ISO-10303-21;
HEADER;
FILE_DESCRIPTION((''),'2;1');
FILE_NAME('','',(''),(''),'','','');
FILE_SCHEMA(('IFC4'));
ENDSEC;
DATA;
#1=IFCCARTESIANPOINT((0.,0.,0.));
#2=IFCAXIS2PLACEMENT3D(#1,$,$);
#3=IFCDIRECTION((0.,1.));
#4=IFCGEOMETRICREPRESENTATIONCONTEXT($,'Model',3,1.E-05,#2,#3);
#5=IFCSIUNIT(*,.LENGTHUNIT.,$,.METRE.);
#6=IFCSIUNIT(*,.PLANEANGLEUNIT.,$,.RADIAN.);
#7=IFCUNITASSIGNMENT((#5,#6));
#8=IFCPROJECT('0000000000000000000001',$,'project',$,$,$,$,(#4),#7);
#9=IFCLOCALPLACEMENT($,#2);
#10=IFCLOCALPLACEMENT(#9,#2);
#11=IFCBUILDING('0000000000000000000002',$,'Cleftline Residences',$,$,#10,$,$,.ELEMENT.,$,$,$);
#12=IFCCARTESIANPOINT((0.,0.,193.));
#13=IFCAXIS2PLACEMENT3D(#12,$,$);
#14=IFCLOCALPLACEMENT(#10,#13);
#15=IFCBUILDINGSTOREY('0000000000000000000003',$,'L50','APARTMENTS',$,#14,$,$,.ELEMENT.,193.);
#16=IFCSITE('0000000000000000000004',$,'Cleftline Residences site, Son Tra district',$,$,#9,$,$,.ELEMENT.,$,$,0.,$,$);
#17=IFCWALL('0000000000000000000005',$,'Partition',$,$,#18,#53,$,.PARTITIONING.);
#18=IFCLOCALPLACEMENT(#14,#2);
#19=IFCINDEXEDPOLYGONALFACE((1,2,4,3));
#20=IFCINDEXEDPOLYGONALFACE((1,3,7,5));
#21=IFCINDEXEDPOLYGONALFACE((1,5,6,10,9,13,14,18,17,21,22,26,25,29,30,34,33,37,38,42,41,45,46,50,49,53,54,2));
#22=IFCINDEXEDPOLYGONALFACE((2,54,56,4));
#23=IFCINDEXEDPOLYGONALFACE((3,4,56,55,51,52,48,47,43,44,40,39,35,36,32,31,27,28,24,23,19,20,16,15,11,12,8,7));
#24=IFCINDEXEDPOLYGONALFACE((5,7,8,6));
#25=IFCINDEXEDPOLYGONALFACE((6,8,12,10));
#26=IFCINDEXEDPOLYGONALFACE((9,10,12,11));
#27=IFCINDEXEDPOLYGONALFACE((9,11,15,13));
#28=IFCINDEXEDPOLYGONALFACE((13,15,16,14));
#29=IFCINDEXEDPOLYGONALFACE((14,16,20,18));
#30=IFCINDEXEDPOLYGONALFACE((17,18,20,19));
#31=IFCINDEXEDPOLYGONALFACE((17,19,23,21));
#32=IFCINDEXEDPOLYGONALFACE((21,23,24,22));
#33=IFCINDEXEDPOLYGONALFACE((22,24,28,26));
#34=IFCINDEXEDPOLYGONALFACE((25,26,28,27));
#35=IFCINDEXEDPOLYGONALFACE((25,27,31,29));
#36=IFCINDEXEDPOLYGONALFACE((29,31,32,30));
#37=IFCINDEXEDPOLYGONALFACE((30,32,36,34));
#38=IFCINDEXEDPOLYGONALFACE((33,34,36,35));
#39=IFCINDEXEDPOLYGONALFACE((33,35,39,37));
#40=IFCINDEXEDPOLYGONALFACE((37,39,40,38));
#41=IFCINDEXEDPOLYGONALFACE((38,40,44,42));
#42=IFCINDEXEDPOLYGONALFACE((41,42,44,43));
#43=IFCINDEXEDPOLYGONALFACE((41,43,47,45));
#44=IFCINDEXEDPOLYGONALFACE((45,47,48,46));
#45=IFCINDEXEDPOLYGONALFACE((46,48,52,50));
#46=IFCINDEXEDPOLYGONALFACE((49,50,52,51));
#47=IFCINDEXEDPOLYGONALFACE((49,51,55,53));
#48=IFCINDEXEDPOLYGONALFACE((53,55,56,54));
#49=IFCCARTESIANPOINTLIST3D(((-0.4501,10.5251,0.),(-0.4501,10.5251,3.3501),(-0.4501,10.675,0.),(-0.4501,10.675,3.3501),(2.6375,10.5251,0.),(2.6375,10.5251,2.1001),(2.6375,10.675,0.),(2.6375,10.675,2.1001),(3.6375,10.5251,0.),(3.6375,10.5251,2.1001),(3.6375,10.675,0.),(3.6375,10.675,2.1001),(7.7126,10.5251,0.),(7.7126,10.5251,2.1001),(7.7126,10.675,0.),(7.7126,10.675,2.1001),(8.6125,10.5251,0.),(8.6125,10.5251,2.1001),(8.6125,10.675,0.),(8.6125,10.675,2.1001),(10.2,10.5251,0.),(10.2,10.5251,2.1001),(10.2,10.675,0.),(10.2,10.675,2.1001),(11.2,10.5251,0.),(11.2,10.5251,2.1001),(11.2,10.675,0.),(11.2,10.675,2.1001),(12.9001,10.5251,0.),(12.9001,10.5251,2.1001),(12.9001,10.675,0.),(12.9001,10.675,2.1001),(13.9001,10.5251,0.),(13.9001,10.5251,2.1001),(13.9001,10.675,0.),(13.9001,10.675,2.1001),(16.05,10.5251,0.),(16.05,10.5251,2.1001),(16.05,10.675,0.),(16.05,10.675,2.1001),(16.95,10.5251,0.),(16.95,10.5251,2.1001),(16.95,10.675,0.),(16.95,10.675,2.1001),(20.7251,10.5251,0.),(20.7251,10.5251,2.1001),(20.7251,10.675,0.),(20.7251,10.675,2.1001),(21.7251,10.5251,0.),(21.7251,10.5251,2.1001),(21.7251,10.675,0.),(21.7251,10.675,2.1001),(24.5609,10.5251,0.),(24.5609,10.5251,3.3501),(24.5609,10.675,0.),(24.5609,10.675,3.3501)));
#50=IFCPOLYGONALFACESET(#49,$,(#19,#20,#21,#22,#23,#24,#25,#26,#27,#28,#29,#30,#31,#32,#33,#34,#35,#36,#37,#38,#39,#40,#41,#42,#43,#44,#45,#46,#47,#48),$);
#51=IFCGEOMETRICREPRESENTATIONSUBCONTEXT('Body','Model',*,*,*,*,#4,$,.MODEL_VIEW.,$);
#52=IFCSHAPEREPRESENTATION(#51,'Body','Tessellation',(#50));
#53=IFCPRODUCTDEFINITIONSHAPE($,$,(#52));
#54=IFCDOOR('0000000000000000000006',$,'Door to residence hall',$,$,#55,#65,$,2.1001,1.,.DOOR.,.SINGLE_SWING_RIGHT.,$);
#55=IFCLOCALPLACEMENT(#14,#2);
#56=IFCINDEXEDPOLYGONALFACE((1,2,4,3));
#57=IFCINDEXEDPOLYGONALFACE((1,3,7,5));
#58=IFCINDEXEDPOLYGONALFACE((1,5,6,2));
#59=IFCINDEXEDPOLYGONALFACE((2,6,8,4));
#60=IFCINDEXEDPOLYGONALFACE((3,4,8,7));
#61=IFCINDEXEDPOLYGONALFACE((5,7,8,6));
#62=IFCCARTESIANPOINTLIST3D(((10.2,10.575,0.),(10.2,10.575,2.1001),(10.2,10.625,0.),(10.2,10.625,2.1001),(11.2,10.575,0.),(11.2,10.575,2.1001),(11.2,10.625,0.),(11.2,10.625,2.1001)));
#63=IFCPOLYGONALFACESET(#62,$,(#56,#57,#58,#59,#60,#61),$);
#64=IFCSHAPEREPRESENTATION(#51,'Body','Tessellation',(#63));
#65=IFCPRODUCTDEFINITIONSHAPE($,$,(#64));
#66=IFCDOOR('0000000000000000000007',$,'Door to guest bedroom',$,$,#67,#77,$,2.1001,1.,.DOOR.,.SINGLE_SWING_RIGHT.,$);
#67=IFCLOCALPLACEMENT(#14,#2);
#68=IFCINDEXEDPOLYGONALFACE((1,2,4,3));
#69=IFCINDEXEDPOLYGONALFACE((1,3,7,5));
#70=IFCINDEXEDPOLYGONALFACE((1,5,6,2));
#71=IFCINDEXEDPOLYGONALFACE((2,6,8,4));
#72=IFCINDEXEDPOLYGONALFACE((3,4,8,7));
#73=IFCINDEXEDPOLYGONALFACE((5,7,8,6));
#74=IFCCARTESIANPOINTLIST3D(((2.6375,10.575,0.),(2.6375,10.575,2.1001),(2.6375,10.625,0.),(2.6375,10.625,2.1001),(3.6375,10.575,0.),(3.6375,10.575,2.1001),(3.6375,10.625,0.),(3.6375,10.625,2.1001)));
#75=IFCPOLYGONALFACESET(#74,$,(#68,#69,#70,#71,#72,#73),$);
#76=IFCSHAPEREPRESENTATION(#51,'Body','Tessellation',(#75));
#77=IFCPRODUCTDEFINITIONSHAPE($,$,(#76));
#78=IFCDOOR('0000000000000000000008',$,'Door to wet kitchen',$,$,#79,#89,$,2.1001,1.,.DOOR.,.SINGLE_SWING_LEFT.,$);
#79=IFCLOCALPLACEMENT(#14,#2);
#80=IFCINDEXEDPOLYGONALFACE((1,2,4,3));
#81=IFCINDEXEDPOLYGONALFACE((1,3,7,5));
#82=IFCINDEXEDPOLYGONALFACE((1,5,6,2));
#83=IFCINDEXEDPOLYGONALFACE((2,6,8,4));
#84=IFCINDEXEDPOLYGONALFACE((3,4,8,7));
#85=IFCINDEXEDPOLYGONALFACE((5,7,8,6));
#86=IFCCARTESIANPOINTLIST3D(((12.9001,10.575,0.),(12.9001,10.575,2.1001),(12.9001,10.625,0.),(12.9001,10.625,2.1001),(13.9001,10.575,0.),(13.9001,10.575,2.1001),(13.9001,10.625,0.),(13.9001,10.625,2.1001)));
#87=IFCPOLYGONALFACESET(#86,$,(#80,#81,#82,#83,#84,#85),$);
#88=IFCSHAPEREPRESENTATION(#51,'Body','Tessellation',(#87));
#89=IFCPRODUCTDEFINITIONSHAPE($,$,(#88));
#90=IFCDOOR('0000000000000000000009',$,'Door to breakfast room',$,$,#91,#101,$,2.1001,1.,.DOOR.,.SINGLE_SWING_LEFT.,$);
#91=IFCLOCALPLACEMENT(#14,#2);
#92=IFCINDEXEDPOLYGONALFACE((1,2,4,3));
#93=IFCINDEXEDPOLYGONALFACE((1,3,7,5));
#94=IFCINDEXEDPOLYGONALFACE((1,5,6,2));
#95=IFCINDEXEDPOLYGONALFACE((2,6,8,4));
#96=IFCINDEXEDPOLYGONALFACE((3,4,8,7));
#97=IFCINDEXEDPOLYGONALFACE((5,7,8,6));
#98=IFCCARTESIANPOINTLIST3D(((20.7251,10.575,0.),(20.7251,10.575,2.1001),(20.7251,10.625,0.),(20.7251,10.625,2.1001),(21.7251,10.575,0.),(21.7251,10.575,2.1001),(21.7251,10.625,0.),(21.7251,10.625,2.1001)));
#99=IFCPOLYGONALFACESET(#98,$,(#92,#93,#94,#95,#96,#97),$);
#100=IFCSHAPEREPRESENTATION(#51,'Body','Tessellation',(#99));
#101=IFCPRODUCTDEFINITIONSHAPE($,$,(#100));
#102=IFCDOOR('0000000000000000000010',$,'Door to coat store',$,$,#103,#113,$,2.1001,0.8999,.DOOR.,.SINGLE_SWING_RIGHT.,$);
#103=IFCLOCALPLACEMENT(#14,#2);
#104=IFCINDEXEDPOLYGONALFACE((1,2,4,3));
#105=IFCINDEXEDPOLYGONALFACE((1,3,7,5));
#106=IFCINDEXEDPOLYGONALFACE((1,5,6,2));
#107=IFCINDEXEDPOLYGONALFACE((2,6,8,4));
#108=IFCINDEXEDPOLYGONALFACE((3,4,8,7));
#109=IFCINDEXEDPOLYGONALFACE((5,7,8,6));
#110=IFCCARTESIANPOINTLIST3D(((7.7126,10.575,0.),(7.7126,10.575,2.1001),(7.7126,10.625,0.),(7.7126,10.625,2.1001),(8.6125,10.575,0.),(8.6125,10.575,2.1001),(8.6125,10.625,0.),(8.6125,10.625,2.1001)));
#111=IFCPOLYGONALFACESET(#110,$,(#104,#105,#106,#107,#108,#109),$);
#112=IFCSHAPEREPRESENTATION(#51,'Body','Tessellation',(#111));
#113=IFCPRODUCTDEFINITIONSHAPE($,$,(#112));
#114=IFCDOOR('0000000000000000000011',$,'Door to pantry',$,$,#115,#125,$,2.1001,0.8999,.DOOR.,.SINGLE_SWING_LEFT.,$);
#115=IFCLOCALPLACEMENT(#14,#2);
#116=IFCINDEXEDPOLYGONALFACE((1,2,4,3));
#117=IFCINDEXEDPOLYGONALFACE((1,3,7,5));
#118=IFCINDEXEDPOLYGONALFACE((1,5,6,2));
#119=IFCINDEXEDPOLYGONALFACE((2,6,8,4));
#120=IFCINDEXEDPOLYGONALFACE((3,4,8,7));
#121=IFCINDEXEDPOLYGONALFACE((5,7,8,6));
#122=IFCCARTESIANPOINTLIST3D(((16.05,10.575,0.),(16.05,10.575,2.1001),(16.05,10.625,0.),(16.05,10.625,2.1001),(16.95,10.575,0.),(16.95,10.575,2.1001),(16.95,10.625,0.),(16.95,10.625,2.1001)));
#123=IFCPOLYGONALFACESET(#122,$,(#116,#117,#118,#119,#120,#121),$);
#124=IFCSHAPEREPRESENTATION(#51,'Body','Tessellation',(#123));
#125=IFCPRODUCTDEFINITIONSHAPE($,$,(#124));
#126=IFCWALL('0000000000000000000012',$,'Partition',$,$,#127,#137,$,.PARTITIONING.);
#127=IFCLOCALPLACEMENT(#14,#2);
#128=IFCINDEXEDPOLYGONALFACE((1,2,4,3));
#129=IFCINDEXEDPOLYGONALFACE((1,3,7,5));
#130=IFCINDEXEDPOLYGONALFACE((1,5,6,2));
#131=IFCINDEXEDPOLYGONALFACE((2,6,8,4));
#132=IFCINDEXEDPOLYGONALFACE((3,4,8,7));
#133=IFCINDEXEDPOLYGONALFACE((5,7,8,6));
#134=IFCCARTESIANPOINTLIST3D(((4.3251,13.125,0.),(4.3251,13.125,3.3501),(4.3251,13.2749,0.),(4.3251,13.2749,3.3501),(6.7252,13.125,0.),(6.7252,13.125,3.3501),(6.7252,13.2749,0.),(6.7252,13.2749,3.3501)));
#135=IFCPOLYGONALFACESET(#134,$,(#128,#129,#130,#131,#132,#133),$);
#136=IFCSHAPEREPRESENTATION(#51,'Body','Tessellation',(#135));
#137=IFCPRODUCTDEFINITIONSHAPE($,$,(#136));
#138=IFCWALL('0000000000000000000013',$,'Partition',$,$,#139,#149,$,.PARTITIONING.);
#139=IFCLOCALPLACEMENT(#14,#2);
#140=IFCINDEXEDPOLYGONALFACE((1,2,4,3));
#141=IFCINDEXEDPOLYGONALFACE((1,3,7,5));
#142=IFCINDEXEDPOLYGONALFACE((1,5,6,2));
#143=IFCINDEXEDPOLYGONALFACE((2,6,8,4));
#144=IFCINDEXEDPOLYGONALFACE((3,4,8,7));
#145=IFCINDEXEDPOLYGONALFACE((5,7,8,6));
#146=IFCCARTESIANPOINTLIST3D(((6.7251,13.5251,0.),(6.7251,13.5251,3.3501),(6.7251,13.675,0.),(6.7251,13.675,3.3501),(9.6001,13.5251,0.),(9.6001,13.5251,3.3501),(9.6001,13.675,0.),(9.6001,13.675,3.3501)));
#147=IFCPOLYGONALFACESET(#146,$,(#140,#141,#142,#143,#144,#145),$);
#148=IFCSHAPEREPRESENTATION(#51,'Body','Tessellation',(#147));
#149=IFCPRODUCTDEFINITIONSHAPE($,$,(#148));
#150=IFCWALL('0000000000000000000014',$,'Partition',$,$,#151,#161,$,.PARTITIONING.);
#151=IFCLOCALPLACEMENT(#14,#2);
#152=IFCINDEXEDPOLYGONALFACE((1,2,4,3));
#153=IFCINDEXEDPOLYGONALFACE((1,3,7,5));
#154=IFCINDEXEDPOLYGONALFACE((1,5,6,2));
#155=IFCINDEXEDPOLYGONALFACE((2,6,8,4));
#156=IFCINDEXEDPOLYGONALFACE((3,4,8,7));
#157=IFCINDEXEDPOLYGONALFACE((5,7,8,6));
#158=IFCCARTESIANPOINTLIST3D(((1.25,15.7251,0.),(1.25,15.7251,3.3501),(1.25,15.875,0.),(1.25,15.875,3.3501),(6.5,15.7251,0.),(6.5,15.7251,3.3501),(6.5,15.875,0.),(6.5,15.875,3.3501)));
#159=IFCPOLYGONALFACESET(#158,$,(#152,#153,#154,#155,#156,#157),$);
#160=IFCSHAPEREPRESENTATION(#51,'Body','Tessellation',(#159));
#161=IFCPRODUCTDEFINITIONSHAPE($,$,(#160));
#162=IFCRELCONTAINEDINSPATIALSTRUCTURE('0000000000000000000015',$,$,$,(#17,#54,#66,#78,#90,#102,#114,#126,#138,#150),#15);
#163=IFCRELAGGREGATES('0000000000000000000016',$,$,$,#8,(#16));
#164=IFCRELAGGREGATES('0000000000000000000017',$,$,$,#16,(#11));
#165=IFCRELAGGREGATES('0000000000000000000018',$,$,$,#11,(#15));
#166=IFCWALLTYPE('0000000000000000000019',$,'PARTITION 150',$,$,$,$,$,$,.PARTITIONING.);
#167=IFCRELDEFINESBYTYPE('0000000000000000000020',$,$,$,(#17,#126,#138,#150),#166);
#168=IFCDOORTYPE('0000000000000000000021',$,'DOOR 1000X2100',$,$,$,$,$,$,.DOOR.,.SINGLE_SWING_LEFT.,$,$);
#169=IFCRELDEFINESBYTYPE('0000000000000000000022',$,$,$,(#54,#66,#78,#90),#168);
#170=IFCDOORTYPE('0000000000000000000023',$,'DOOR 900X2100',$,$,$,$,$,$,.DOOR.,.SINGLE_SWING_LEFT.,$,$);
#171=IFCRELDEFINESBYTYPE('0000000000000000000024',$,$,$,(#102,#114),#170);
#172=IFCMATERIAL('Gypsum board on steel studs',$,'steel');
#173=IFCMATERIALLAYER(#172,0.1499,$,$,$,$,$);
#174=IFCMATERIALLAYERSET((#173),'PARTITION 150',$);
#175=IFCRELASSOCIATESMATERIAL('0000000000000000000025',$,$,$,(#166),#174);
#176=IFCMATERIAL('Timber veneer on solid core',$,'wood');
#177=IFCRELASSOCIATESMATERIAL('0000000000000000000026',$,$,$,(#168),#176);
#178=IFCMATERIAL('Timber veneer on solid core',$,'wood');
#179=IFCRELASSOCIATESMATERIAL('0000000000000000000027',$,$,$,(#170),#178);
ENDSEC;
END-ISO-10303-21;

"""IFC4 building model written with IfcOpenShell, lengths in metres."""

from ifc_helpers import new_model, si_unit, direction, frame, frame_2d, origin, place, context, subcontext, project, spatial, rectangle, extrude, material, layer, layer_set, type_object, element, fill, save


model = new_model("IFC4")

# Units and contexts
model_context = context("Model", 3, precision=1e-05, world=origin(), true_north=direction((0.0, 1.0)))
body_context = subcontext(model_context, "Body", "Model", "MODEL_VIEW")
ifc_project = project(units=[si_unit("LENGTHUNIT", "METRE"), si_unit("PLANEANGLEUNIT", "RADIAN")], contexts=[model_context])

# Site, building, storey
site_placement = place(None, origin())
site = spatial("IfcSite", under=ifc_project, at=site_placement, Name="Cleftline Residences site, Son Tra district", CompositionType="ELEMENT", RefElevation=0.0)
building_placement = place(site_placement, origin())
building = spatial("IfcBuilding", under=site, at=building_placement, Name="Cleftline Residences", CompositionType="ELEMENT")
storey_placement = place(building_placement, frame((0.0, 0.0, 193.0)))
storey = spatial("IfcBuildingStorey", under=building, at=storey_placement, Name="L50", Description="APARTMENTS", CompositionType="ELEMENT", Elevation=193.0)

# Wall, openings, doors
ifc_material_1 = material(Name="Gypsum board on steel studs", Category="steel")
ifc_layer = layer(ifc_material_1, 0.1499)
ifc_layer_set = layer_set([ifc_layer], Name="PARTITION 150")
wall_type = type_object("IfcWallType", Name="PARTITION 150", PredefinedType="PARTITIONING", material=ifc_layer_set)
wall_1_placement = place(storey_placement, frame((-0.45, 10.6001, 0.0), z_axis=(0.0, 0.0, 1.0), x_axis=(1.0, 0.0, 0.0)))
wall_1 = element("IfcWall", 1, at=wall_1_placement, inside=storey, type_object=wall_type, Name="Partition", PredefinedType="PARTITIONING", context=body_context, shape_type="SweptSolid", body=[
    extrude(rectangle(XDim=25.011, YDim=0.1499, at=frame_2d((12.5054, 0.0))), origin(), (0.0, 0.0, 1.0), 3.3501),
])
opening_1_placement = place(wall_1_placement, frame((10.6499, 0.0, 0.0)))
opening_1 = element("IfcOpeningElement", 2, at=opening_1_placement, cuts=wall_1, PredefinedType="OPENING", context=body_context, shape_type="SweptSolid", body=[
    extrude(rectangle(XDim=1.0, YDim=2.1001, at=frame_2d((0.5, 1.05))), frame((0.0, 0.085, 0.0), z_axis=(0.0, -1.0, 0.0), x_axis=(1.0, 0.0, 0.0)), (0.0, 0.0, 1.0), 0.1699),
])
opening_2_placement = place(wall_1_placement, frame((3.0874, 0.0, 0.0)))
opening_2 = element("IfcOpeningElement", 3, at=opening_2_placement, cuts=wall_1, PredefinedType="OPENING", context=body_context, shape_type="SweptSolid", body=[
    extrude(rectangle(XDim=1.0, YDim=2.1001, at=frame_2d((0.5, 1.05))), frame((0.0, 0.085, 0.0), z_axis=(0.0, -1.0, 0.0), x_axis=(1.0, 0.0, 0.0)), (0.0, 0.0, 1.0), 0.1699),
])
opening_3_placement = place(wall_1_placement, frame((8.1626, 0.0, 0.0)))
opening_3 = element("IfcOpeningElement", 4, at=opening_3_placement, cuts=wall_1, PredefinedType="OPENING", context=body_context, shape_type="SweptSolid", body=[
    extrude(rectangle(XDim=0.8999, YDim=2.1001, at=frame_2d((0.45, 1.05))), frame((0.0, 0.085, 0.0), z_axis=(0.0, -1.0, 0.0), x_axis=(1.0, 0.0, 0.0)), (0.0, 0.0, 1.0), 0.1699),
])
opening_4_placement = place(wall_1_placement, frame((13.3501, 0.0, 0.0)))
opening_4 = element("IfcOpeningElement", 5, at=opening_4_placement, cuts=wall_1, PredefinedType="OPENING", context=body_context, shape_type="SweptSolid", body=[
    extrude(rectangle(XDim=1.0, YDim=2.1001, at=frame_2d((0.5, 1.05))), frame((0.0, 0.085, 0.0), z_axis=(0.0, -1.0, 0.0), x_axis=(1.0, 0.0, 0.0)), (0.0, 0.0, 1.0), 0.1699),
])
opening_5_placement = place(wall_1_placement, frame((16.5, 0.0, 0.0)))
opening_5 = element("IfcOpeningElement", 6, at=opening_5_placement, cuts=wall_1, PredefinedType="OPENING", context=body_context, shape_type="SweptSolid", body=[
    extrude(rectangle(XDim=0.8999, YDim=2.1001, at=frame_2d((0.45, 1.05))), frame((0.0, 0.085, 0.0), z_axis=(0.0, -1.0, 0.0), x_axis=(1.0, 0.0, 0.0)), (0.0, 0.0, 1.0), 0.1699),
])
opening_6_placement = place(wall_1_placement, frame((21.175, 0.0, 0.0)))
opening_6 = element("IfcOpeningElement", 7, at=opening_6_placement, cuts=wall_1, PredefinedType="OPENING", context=body_context, shape_type="SweptSolid", body=[
    extrude(rectangle(XDim=1.0, YDim=2.1001, at=frame_2d((0.5, 1.05))), frame((0.0, 0.085, 0.0), z_axis=(0.0, -1.0, 0.0), x_axis=(1.0, 0.0, 0.0)), (0.0, 0.0, 1.0), 0.1699),
])
ifc_material_2 = material(Name="Timber veneer on solid core", Category="wood")
door_type_1 = type_object("IfcDoorType", Name="DOOR 1000X2100", OperationType="SINGLE_SWING_LEFT", PredefinedType="DOOR", material=ifc_material_2)
door_1_placement = place(opening_1_placement, origin())
door_1 = element("IfcDoor", 8, at=door_1_placement, inside=storey, type_object=door_type_1, Name="Door to residence hall", OperationType="SINGLE_SWING_RIGHT", OverallHeight=2.1001, OverallWidth=1.0, PredefinedType="DOOR", context=body_context, shape_type="SweptSolid", body=[
    extrude(rectangle(XDim=1.0, YDim=2.1001, at=frame_2d((0.5, 1.05))), frame((0.0, 0.0249, 0.0), z_axis=(0.0, -1.0, 0.0), x_axis=(1.0, 0.0, 0.0)), (0.0, 0.0, 1.0), 0.05),
])
fill(opening_1, door_1)
door_2_placement = place(opening_2_placement, origin())
door_2 = element("IfcDoor", 9, at=door_2_placement, inside=storey, type_object=door_type_1, Name="Door to guest bedroom", OperationType="SINGLE_SWING_RIGHT", OverallHeight=2.1001, OverallWidth=1.0, PredefinedType="DOOR", context=body_context, shape_type="SweptSolid", body=[
    extrude(rectangle(XDim=1.0, YDim=2.1001, at=frame_2d((0.5, 1.05))), frame((0.0, 0.0249, 0.0), z_axis=(0.0, -1.0, 0.0), x_axis=(1.0, 0.0, 0.0)), (0.0, 0.0, 1.0), 0.05),
])
fill(opening_2, door_2)
door_3_placement = place(opening_4_placement, origin())
door_3 = element("IfcDoor", 10, at=door_3_placement, inside=storey, type_object=door_type_1, Name="Door to wet kitchen", OperationType="SINGLE_SWING_LEFT", OverallHeight=2.1001, OverallWidth=1.0, PredefinedType="DOOR", context=body_context, shape_type="SweptSolid", body=[
    extrude(rectangle(XDim=1.0, YDim=2.1001, at=frame_2d((0.5, 1.05))), frame((0.0, 0.0249, 0.0), z_axis=(0.0, -1.0, 0.0), x_axis=(1.0, 0.0, 0.0)), (0.0, 0.0, 1.0), 0.05),
])
fill(opening_4, door_3)
door_4_placement = place(opening_6_placement, origin())
door_4 = element("IfcDoor", 11, at=door_4_placement, inside=storey, type_object=door_type_1, Name="Door to breakfast room", OperationType="SINGLE_SWING_LEFT", OverallHeight=2.1001, OverallWidth=1.0, PredefinedType="DOOR", context=body_context, shape_type="SweptSolid", body=[
    extrude(rectangle(XDim=1.0, YDim=2.1001, at=frame_2d((0.5, 1.05))), frame((0.0, 0.0249, 0.0), z_axis=(0.0, -1.0, 0.0), x_axis=(1.0, 0.0, 0.0)), (0.0, 0.0, 1.0), 0.05),
])
fill(opening_6, door_4)
ifc_material_3 = material(Name="Timber veneer on solid core", Category="wood")
door_type_2 = type_object("IfcDoorType", Name="DOOR 900X2100", OperationType="SINGLE_SWING_LEFT", PredefinedType="DOOR", material=ifc_material_3)
door_5_placement = place(opening_3_placement, origin())
door_5 = element("IfcDoor", 12, at=door_5_placement, inside=storey, type_object=door_type_2, Name="Door to coat store", OperationType="SINGLE_SWING_RIGHT", OverallHeight=2.1001, OverallWidth=0.8999, PredefinedType="DOOR", context=body_context, shape_type="SweptSolid", body=[
    extrude(rectangle(XDim=0.8999, YDim=2.1001, at=frame_2d((0.45, 1.05))), frame((0.0, 0.0249, 0.0), z_axis=(0.0, -1.0, 0.0), x_axis=(1.0, 0.0, 0.0)), (0.0, 0.0, 1.0), 0.05),
])
fill(opening_3, door_5)
door_6_placement = place(opening_5_placement, origin())
door_6 = element("IfcDoor", 13, at=door_6_placement, inside=storey, type_object=door_type_2, Name="Door to pantry", OperationType="SINGLE_SWING_LEFT", OverallHeight=2.1001, OverallWidth=0.8999, PredefinedType="DOOR", context=body_context, shape_type="SweptSolid", body=[
    extrude(rectangle(XDim=0.8999, YDim=2.1001, at=frame_2d((0.45, 1.05))), frame((0.0, 0.0249, 0.0), z_axis=(0.0, -1.0, 0.0), x_axis=(1.0, 0.0, 0.0)), (0.0, 0.0, 1.0), 0.05),
])
fill(opening_5, door_6)

# Walls
wall_2_placement = place(storey_placement, frame((4.325, 13.2, 0.0), z_axis=(0.0, 0.0, 1.0), x_axis=(1.0, 0.0, 0.0)))
element("IfcWall", 14, at=wall_2_placement, inside=storey, type_object=wall_type, Name="Partition", PredefinedType="PARTITIONING", context=body_context, shape_type="SweptSolid", body=[
    extrude(rectangle(XDim=2.4001, YDim=0.1499, at=frame_2d((1.2002, 0.0))), origin(), (0.0, 0.0, 1.0), 3.3501),
])
wall_3_placement = place(storey_placement, frame((6.7251, 13.6001, 0.0), z_axis=(0.0, 0.0, 1.0), x_axis=(1.0, 0.0, 0.0)))
element("IfcWall", 15, at=wall_3_placement, inside=storey, type_object=wall_type, Name="Partition", PredefinedType="PARTITIONING", context=body_context, shape_type="SweptSolid", body=[
    extrude(rectangle(XDim=2.875, YDim=0.1499, at=frame_2d((1.4375, 0.0))), origin(), (0.0, 0.0, 1.0), 3.3501),
])
wall_4_placement = place(storey_placement, frame((1.25, 15.8, 0.0), z_axis=(0.0, 0.0, 1.0), x_axis=(1.0, 0.0, 0.0)))
element("IfcWall", 16, at=wall_4_placement, inside=storey, type_object=wall_type, Name="Partition", PredefinedType="PARTITIONING", context=body_context, shape_type="SweptSolid", body=[
    extrude(rectangle(XDim=5.25, YDim=0.1499, at=frame_2d((2.625, 0.0))), origin(), (0.0, 0.0, 1.0), 3.3501),
])

save(model, "model.ifc")
